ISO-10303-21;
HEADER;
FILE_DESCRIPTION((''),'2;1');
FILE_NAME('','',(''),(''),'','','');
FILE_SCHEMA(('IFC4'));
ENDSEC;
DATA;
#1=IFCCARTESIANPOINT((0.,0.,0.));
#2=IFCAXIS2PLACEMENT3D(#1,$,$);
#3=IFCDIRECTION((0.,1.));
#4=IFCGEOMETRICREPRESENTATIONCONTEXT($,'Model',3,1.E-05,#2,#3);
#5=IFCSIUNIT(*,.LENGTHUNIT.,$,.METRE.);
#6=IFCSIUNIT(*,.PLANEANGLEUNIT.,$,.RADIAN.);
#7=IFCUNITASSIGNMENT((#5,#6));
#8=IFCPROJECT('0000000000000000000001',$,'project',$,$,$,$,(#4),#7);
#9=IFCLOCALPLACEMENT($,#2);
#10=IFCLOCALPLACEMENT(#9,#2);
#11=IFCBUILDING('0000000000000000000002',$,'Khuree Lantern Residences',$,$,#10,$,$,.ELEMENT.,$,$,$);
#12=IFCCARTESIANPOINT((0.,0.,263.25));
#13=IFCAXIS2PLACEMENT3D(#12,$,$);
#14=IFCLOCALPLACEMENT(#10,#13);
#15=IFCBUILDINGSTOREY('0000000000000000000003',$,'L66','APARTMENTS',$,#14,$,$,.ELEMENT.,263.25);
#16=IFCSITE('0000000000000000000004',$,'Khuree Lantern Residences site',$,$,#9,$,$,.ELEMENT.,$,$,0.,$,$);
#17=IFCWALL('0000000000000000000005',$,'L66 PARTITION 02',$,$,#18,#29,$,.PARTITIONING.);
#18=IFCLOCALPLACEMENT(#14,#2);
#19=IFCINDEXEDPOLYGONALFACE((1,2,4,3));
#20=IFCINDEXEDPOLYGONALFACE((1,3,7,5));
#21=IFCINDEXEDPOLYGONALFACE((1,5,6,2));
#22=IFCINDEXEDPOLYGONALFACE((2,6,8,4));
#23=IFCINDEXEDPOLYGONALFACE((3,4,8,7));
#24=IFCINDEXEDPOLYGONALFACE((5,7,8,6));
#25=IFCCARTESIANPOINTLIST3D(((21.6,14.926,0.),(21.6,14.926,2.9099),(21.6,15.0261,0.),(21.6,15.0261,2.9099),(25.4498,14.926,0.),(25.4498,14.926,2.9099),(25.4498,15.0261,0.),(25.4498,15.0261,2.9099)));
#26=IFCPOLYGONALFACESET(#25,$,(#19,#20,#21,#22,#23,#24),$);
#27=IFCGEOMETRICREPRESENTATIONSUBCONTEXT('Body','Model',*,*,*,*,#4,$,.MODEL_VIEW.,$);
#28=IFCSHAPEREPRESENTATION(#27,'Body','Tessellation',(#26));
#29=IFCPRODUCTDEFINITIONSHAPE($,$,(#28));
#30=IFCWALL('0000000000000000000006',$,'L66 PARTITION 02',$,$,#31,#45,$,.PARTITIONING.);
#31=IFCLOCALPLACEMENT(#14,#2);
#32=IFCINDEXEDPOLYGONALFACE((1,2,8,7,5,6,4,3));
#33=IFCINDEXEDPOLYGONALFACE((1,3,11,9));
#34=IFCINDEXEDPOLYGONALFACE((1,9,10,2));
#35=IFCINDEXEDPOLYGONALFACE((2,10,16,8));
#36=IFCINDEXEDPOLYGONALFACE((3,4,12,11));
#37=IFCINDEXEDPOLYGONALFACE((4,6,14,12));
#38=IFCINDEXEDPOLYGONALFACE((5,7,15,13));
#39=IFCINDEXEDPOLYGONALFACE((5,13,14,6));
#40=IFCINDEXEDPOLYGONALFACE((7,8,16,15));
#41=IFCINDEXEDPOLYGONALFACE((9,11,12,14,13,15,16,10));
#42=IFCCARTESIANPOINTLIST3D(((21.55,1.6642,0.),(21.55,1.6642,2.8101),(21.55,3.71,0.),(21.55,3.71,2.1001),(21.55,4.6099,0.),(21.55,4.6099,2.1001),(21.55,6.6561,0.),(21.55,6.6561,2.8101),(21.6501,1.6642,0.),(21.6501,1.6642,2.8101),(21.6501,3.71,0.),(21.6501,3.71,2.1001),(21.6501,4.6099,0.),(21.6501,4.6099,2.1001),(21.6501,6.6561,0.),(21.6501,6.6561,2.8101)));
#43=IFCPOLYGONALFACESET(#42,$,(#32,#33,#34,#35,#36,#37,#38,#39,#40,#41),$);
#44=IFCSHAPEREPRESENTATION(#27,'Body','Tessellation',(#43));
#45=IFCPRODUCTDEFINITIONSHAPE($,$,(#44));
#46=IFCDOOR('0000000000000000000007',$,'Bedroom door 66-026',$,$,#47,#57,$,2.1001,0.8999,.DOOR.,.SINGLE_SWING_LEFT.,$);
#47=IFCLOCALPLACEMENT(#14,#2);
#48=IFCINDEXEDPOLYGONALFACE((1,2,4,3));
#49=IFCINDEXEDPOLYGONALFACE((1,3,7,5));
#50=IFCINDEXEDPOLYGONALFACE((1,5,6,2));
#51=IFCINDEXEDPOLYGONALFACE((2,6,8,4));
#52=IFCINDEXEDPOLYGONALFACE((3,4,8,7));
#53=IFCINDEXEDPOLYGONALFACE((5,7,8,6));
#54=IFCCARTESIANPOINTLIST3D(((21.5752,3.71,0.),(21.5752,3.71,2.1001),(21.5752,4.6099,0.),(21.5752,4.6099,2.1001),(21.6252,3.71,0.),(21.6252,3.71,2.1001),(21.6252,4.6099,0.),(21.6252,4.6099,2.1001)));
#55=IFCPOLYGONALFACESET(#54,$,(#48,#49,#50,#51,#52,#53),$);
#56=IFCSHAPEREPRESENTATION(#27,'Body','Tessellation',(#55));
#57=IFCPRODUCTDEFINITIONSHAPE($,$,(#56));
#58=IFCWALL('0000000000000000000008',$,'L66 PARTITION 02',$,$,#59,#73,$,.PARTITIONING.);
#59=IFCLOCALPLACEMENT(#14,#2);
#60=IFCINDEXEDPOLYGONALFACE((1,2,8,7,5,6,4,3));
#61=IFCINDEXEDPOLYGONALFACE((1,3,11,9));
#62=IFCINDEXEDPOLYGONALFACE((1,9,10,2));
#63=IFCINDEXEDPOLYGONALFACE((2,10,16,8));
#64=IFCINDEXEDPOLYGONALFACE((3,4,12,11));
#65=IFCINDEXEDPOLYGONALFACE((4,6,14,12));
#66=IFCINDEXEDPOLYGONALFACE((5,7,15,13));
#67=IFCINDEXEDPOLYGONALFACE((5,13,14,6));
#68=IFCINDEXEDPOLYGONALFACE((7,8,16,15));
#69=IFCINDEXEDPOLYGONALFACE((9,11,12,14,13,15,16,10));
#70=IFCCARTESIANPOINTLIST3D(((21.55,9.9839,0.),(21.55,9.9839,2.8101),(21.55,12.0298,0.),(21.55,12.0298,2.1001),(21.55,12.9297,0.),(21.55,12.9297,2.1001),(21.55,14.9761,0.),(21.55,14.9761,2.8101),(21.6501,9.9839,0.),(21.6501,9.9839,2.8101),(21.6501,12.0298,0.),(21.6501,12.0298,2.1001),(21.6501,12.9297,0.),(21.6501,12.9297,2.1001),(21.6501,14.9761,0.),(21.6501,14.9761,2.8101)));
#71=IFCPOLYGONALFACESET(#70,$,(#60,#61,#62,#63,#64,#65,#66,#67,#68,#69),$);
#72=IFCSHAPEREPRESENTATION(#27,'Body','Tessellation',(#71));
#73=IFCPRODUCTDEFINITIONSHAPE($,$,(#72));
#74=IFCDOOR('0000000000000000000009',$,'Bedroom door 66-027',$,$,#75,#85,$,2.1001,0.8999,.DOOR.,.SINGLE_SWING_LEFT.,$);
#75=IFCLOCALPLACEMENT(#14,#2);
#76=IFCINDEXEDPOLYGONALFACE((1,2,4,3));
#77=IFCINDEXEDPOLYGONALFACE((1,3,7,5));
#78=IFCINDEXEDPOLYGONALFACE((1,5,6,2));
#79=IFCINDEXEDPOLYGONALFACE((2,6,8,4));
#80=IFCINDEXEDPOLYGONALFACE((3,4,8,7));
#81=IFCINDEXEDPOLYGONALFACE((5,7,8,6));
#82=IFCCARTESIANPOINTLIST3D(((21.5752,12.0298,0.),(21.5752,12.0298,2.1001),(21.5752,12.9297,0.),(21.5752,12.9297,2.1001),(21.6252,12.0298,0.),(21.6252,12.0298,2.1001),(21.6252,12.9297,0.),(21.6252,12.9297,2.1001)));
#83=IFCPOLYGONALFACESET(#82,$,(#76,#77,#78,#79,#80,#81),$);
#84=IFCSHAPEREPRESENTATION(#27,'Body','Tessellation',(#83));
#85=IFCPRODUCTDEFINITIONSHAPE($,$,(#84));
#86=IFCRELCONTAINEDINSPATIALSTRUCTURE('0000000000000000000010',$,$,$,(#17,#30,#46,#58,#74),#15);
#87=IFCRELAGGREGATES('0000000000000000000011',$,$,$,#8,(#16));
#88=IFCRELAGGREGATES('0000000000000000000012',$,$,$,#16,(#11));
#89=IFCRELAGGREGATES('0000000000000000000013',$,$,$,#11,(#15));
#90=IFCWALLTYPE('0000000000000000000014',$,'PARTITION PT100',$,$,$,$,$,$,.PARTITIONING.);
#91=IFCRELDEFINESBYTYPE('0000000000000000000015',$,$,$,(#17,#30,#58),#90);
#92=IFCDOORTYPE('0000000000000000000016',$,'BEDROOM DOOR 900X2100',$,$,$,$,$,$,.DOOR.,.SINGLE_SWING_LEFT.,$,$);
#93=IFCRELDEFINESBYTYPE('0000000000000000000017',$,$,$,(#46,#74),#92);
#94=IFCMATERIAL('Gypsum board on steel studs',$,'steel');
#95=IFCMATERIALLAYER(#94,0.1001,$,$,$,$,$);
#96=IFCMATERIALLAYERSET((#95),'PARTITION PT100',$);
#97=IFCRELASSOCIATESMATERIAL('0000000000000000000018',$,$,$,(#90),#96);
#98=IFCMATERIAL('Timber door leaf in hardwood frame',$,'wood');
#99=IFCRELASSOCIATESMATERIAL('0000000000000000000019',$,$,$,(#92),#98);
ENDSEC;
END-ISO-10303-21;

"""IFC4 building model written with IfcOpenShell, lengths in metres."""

from ifc_helpers import new_model, si_unit, direction, frame, frame_2d, origin, place, context, subcontext, project, spatial, rectangle, extrude, material, layer, layer_set, type_object, element, fill, save


model = new_model("IFC4")

# Units and contexts
model_context = context("Model", 3, precision=1e-05, world=origin(), true_north=direction((0.0, 1.0)))
body_context = subcontext(model_context, "Body", "Model", "MODEL_VIEW")
ifc_project = project(units=[si_unit("LENGTHUNIT", "METRE"), si_unit("PLANEANGLEUNIT", "RADIAN")], contexts=[model_context])

# Site, building, storey
site_placement = place(None, origin())
site = spatial("IfcSite", under=ifc_project, at=site_placement, Name="Khuree Lantern Residences site", CompositionType="ELEMENT", RefElevation=0.0)
building_placement = place(site_placement, origin())
building = spatial("IfcBuilding", under=site, at=building_placement, Name="Khuree Lantern Residences", CompositionType="ELEMENT")
storey_placement = place(building_placement, frame((0.0, 0.0, 263.25)))
storey = spatial("IfcBuildingStorey", under=building, at=storey_placement, Name="L66", Description="APARTMENTS", CompositionType="ELEMENT", Elevation=263.25)

# Shared definitions
ifc_material_1 = material(Name="Timber door leaf in hardwood frame", Category="wood")

# Wall
ifc_material_2 = material(Name="Gypsum board on steel studs", Category="steel")
ifc_layer_1 = layer(ifc_material_2, 0.1001)
ifc_layer_set_1 = layer_set([ifc_layer_1], Name="PARTITION PT100")
wall_type_1 = type_object("IfcWallType", Name="PARTITION PT100", PredefinedType="PARTITIONING", material=ifc_layer_set_1)
for number, where, z_axis, x_axis, name in (
    (1, (21.6001, 14.9761, 0.0), (0.0, 0.0, 1.0), (1.0, 0.0, 0.0), "L66 PARTITION 02"),
):
    element("IfcWall", number, at=place(storey_placement, frame(where, z_axis=z_axis, x_axis=x_axis)), inside=storey, type_object=wall_type_1, Name=name, PredefinedType="PARTITIONING", context=body_context, shape_type="SweptSolid", body=[
        extrude(rectangle(XDim=3.8499, YDim=0.1001, at=frame_2d((1.9248, 0.0))), origin(), (0.0, 0.0, 1.0), 2.9099),
    ])

# Walls, openings, doors
wall_1_placement = place(storey_placement, frame((21.6001, 1.6641, 0.0), z_axis=(0.0, 0.0, 1.0), x_axis=(0.0, 1.0, 0.0)))
wall_1 = element("IfcWall", 2, at=wall_1_placement, inside=storey, type_object=wall_type_1, Name="L66 PARTITION 02", PredefinedType="PARTITIONING", context=body_context, shape_type="SweptSolid", body=[
    extrude(rectangle(XDim=4.9919, YDim=0.1001, at=frame_2d((2.4961, 0.0))), origin(), (0.0, 0.0, 1.0), 2.8101),
])
opening_1_placement = place(wall_1_placement, frame((2.0459, 0.0, 0.0)))
opening_1 = element("IfcOpeningElement", 3, at=opening_1_placement, cuts=wall_1, PredefinedType="OPENING", context=body_context, shape_type="SweptSolid", body=[
    extrude(rectangle(XDim=0.8999, YDim=2.1001, at=frame_2d((0.45, 1.05))), frame((0.0, 0.0601, 0.0), z_axis=(0.0, -1.0, 0.0), x_axis=(1.0, 0.0, 0.0)), (0.0, 0.0, 1.0), 0.1201),
])
door_type_1 = type_object("IfcDoorType", Name="BEDROOM DOOR 900X2100", OperationType="SINGLE_SWING_LEFT", PredefinedType="DOOR", material=ifc_material_1)
door_1_placement = place(opening_1_placement, origin())
door_1 = element("IfcDoor", 4, at=door_1_placement, inside=storey, type_object=door_type_1, Name="Bedroom door 66-026", OperationType="SINGLE_SWING_LEFT", OverallHeight=2.1001, OverallWidth=0.8999, PredefinedType="DOOR", context=body_context, shape_type="SweptSolid", body=[
    extrude(rectangle(XDim=0.8999, YDim=2.1001, at=frame_2d((0.45, 1.05))), frame((0.0, 0.0249, 0.0), z_axis=(0.0, -1.0, 0.0), x_axis=(1.0, 0.0, 0.0)), (0.0, 0.0, 1.0), 0.05),
])
fill(opening_1, door_1)
wall_2_placement = place(storey_placement, frame((21.6001, 9.9839, 0.0), z_axis=(0.0, 0.0, 1.0), x_axis=(0.0, 1.0, 0.0)))
wall_2 = element("IfcWall", 5, at=wall_2_placement, inside=storey, type_object=wall_type_1, Name="L66 PARTITION 02", PredefinedType="PARTITIONING", context=body_context, shape_type="SweptSolid", body=[
    extrude(rectangle(XDim=4.9922, YDim=0.1001, at=frame_2d((2.4961, 0.0))), origin(), (0.0, 0.0, 1.0), 2.8101),
])
opening_2_placement = place(wall_2_placement, frame((2.0459, 0.0, 0.0)))
opening_2 = element("IfcOpeningElement", 6, at=opening_2_placement, cuts=wall_2, PredefinedType="OPENING", context=body_context, shape_type="SweptSolid", body=[
    extrude(rectangle(XDim=0.8999, YDim=2.1001, at=frame_2d((0.45, 1.05))), frame((0.0, 0.0601, 0.0), z_axis=(0.0, -1.0, 0.0), x_axis=(1.0, 0.0, 0.0)), (0.0, 0.0, 1.0), 0.1201),
])
door_2_placement = place(opening_2_placement, origin())
door_2 = element("IfcDoor", 7, at=door_2_placement, inside=storey, type_object=door_type_1, Name="Bedroom door 66-027", OperationType="SINGLE_SWING_LEFT", OverallHeight=2.1001, OverallWidth=0.8999, PredefinedType="DOOR", context=body_context, shape_type="SweptSolid", body=[
    extrude(rectangle(XDim=0.8999, YDim=2.1001, at=frame_2d((0.45, 1.05))), frame((0.0, 0.0249, 0.0), z_axis=(0.0, -1.0, 0.0), x_axis=(1.0, 0.0, 0.0)), (0.0, 0.0, 1.0), 0.05),
])
fill(opening_2, door_2)

save(model, "model.ifc")
